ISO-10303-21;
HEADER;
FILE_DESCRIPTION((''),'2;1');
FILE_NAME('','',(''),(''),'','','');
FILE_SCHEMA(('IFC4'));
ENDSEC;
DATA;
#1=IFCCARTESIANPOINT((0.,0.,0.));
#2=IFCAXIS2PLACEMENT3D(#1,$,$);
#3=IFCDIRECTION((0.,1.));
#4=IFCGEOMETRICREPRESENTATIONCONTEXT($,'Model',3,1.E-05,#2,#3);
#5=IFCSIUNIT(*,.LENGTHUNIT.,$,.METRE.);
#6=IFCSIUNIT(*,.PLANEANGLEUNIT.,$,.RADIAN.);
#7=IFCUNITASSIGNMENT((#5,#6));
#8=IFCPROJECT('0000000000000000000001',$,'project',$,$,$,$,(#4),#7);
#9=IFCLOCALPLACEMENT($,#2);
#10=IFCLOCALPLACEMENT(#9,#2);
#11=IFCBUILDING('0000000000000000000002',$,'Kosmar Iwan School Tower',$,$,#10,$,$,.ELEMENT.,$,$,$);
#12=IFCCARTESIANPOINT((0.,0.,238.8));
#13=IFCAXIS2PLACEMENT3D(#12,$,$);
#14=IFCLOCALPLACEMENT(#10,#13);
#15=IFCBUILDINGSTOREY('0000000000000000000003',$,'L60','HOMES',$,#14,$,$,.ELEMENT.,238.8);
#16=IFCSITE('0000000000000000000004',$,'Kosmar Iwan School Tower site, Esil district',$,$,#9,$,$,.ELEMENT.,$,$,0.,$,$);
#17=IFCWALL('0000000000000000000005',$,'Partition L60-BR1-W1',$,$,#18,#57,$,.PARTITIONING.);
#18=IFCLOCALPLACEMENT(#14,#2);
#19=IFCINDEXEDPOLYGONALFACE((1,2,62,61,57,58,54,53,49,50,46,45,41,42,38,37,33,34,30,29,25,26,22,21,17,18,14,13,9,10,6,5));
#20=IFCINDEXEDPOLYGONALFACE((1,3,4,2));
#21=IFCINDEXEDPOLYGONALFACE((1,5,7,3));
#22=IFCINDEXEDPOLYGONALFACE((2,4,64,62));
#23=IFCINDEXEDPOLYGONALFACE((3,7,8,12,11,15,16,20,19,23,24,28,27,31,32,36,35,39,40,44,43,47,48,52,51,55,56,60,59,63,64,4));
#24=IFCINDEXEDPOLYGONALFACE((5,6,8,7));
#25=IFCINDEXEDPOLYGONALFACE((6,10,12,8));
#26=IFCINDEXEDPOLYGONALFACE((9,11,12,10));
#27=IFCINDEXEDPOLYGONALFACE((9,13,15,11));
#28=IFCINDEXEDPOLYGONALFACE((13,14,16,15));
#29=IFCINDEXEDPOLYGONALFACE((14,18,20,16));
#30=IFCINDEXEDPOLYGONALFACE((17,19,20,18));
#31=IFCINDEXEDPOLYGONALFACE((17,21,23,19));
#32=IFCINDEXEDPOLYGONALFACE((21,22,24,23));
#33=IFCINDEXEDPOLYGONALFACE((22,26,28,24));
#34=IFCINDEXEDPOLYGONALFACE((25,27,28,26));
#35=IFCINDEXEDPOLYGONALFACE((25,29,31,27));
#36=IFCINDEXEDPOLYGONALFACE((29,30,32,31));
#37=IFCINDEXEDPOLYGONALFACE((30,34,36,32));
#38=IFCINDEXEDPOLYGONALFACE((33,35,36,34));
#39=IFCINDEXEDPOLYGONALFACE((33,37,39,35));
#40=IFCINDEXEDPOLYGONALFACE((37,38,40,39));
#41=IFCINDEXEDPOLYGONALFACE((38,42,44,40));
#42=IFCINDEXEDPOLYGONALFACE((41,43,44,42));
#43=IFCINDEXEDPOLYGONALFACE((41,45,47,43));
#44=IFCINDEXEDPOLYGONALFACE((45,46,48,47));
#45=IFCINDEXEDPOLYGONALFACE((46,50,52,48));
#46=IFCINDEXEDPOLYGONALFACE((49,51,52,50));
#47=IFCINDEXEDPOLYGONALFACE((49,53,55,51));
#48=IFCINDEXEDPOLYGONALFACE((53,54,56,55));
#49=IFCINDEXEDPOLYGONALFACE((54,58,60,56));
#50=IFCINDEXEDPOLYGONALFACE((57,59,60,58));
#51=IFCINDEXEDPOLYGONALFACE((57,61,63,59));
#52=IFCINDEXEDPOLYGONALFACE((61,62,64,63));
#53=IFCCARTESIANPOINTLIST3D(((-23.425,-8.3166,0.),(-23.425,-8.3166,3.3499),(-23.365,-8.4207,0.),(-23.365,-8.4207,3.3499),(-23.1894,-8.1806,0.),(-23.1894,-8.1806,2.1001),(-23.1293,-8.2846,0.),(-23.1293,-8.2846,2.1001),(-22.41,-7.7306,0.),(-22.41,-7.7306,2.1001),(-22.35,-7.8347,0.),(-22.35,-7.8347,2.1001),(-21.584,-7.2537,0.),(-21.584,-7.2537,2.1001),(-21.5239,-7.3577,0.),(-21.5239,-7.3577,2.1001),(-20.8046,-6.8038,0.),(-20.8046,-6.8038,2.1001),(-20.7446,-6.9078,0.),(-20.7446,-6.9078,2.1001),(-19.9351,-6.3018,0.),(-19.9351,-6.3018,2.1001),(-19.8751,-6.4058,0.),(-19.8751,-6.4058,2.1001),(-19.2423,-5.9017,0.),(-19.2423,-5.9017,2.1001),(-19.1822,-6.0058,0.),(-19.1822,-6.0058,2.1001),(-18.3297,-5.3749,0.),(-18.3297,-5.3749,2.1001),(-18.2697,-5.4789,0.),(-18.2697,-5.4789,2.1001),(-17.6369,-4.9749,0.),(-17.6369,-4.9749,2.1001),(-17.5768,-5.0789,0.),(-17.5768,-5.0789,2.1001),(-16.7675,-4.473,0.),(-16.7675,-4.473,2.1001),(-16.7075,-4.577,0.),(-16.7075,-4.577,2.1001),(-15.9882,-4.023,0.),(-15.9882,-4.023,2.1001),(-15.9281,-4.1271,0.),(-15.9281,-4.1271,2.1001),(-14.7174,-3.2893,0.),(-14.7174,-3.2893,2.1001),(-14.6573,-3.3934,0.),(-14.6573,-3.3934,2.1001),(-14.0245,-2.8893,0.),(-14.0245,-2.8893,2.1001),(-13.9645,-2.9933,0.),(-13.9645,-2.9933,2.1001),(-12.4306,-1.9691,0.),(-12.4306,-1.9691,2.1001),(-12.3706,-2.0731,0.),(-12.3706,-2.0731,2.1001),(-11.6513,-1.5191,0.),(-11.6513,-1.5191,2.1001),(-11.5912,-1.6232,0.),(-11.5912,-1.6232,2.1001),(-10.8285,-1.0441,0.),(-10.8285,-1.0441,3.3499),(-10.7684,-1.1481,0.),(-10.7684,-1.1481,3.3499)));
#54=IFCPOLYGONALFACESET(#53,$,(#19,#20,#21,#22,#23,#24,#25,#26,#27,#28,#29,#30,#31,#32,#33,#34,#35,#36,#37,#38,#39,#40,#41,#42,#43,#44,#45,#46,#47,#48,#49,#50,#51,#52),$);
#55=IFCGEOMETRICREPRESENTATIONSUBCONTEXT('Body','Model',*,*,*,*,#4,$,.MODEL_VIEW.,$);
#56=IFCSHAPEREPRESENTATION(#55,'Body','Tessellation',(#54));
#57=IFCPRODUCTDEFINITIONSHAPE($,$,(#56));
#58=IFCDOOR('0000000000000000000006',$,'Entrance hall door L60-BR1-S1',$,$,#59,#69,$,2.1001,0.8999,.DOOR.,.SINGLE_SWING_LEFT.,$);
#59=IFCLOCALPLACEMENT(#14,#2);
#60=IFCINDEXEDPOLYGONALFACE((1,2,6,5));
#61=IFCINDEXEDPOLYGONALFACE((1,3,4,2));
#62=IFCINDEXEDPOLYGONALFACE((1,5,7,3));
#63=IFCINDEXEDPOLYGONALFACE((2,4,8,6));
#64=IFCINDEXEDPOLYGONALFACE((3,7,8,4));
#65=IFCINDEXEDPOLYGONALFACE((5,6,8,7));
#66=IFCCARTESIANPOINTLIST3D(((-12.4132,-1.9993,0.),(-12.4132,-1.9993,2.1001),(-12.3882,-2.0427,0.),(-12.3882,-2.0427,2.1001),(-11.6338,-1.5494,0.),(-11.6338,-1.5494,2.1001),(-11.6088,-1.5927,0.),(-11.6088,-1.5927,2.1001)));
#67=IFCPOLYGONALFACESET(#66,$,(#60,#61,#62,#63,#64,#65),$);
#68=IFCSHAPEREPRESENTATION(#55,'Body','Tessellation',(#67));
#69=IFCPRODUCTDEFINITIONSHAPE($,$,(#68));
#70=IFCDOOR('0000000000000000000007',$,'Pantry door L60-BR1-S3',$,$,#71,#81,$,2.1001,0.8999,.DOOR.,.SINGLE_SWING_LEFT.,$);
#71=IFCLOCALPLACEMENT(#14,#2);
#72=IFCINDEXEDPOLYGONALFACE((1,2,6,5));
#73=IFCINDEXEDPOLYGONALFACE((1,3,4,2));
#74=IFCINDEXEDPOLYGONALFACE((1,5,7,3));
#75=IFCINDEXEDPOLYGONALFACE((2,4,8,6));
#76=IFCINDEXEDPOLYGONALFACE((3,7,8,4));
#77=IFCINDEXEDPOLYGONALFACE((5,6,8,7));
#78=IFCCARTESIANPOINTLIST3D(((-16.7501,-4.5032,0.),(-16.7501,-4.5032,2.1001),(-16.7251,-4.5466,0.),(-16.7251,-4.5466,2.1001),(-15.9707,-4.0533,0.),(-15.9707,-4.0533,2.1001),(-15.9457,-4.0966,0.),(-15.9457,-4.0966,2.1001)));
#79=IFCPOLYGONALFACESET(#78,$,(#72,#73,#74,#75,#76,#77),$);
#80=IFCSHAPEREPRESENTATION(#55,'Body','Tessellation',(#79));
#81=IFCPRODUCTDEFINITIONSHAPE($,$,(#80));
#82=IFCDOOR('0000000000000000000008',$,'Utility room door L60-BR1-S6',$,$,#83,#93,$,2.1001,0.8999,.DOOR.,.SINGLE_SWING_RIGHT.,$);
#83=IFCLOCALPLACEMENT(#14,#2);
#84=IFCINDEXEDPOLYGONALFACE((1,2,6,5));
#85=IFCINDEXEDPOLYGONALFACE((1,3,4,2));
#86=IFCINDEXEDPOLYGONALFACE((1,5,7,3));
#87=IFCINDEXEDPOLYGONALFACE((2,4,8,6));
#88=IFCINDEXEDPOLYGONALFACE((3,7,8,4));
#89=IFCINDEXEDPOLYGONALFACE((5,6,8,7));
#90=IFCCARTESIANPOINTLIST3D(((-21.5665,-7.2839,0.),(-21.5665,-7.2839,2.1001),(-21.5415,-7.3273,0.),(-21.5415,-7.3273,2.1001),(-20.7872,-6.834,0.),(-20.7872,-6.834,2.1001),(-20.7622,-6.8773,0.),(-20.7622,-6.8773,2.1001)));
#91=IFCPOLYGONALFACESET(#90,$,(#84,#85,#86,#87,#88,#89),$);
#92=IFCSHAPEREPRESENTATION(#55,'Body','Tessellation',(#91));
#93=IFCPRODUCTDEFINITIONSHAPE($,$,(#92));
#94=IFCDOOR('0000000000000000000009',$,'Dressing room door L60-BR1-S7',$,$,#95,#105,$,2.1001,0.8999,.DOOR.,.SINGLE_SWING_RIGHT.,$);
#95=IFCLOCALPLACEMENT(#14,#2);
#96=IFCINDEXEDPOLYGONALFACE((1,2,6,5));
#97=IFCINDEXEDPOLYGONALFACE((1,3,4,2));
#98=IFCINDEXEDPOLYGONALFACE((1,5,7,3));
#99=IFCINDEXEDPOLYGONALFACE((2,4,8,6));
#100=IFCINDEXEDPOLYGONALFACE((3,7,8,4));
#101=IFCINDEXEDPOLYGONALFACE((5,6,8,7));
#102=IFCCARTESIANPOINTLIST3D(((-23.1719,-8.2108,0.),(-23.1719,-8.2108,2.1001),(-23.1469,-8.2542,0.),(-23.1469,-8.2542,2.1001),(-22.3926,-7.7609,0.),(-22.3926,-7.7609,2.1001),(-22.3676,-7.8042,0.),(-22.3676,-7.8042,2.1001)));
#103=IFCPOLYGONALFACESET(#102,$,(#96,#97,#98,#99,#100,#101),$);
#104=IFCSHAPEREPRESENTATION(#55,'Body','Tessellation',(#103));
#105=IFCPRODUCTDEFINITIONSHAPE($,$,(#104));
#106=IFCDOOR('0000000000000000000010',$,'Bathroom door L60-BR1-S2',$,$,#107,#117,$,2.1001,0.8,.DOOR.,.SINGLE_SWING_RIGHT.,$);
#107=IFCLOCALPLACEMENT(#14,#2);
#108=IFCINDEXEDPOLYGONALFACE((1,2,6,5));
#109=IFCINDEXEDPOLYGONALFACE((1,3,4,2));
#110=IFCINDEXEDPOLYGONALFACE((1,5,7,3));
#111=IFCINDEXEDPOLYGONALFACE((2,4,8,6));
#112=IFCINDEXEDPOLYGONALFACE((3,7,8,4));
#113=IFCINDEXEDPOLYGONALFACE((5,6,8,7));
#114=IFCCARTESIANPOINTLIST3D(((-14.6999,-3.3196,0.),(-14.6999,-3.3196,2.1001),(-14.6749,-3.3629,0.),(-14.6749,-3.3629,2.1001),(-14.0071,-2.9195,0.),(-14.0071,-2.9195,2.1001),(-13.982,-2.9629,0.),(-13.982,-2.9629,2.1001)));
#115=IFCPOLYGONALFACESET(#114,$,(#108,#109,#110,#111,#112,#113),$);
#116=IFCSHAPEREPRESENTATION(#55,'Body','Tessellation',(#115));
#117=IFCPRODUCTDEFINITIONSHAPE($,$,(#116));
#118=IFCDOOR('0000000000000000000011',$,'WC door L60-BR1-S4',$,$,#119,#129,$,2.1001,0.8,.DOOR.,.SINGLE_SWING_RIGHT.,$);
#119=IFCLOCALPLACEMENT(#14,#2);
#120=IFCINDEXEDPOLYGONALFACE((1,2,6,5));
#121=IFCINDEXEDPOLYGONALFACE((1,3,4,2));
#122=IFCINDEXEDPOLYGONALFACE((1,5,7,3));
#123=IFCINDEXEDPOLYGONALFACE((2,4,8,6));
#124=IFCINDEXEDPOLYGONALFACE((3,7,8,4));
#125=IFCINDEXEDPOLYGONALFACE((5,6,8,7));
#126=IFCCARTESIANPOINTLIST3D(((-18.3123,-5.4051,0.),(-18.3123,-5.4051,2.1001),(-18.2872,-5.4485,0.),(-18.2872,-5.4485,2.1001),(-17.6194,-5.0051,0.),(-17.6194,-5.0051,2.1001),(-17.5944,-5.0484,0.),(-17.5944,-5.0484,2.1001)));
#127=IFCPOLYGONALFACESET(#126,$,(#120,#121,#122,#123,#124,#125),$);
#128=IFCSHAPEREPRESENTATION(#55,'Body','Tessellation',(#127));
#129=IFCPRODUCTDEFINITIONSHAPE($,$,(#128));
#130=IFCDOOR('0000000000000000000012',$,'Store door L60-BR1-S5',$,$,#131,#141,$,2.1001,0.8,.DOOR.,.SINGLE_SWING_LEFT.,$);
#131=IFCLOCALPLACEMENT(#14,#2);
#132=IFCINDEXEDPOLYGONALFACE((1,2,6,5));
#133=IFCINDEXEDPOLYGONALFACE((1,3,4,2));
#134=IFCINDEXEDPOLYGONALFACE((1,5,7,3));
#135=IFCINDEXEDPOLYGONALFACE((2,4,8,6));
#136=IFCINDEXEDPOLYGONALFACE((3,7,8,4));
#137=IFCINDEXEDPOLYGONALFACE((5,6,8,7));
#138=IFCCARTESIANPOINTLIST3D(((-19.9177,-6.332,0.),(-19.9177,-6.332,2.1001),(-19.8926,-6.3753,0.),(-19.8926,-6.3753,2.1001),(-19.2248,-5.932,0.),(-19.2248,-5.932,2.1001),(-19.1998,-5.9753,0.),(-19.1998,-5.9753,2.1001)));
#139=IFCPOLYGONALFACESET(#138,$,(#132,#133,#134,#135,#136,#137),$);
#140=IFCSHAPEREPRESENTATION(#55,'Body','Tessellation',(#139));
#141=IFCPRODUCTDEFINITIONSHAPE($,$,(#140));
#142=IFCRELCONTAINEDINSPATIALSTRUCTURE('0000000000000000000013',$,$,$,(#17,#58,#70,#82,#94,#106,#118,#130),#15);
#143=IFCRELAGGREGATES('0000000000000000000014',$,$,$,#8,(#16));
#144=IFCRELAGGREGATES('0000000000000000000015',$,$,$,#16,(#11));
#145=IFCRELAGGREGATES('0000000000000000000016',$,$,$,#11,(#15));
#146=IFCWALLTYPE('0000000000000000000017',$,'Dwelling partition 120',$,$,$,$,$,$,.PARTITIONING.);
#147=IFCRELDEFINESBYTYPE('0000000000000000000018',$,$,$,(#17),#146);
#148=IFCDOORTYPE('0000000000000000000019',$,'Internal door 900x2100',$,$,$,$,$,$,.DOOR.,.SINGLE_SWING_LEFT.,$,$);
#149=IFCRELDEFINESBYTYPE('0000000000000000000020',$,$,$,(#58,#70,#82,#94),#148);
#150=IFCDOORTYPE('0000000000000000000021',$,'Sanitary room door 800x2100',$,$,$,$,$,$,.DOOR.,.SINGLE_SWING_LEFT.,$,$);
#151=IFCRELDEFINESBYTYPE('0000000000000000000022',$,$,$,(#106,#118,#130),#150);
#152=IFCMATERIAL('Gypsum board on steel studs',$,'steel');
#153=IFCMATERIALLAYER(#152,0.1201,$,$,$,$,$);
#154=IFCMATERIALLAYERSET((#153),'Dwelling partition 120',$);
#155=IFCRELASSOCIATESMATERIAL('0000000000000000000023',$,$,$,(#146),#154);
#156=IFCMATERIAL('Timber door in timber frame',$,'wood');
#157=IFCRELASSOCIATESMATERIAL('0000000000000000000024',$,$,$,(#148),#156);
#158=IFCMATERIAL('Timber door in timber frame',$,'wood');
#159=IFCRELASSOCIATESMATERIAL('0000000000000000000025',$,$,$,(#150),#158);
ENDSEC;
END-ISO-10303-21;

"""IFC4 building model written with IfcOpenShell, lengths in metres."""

from ifc_helpers import new_model, si_unit, direction, frame, frame_2d, origin, place, context, subcontext, project, spatial, rectangle, extrude, material, layer, layer_set, type_object, element, fill, save


model = new_model("IFC4")

# Units and contexts
model_context = context("Model", 3, precision=1e-05, world=origin(), true_north=direction((0.0, 1.0)))
body_context = subcontext(model_context, "Body", "Model", "MODEL_VIEW")
ifc_project = project(units=[si_unit("LENGTHUNIT", "METRE"), si_unit("PLANEANGLEUNIT", "RADIAN")], contexts=[model_context])

# Site, building, storey
site_placement = place(None, origin())
site = spatial("IfcSite", under=ifc_project, at=site_placement, Name="Kosmar Iwan School Tower site, Esil district", CompositionType="ELEMENT", RefElevation=0.0)
building_placement = place(site_placement, origin())
building = spatial("IfcBuilding", under=site, at=building_placement, Name="Kosmar Iwan School Tower", CompositionType="ELEMENT")
storey_placement = place(building_placement, frame((0.0, 0.0, 238.8)))
storey = spatial("IfcBuildingStorey", under=building, at=storey_placement, Name="L60", Description="HOMES", CompositionType="ELEMENT", Elevation=238.8)

# Shared definitions
ifc_material_1 = material(Name="Gypsum board on steel studs", Category="steel")
ifc_layer_1 = layer(ifc_material_1, 0.1201)
ifc_layer_set_1 = layer_set([ifc_layer_1], Name="Dwelling partition 120")
wall_type_1 = type_object("IfcWallType", Name="Dwelling partition 120", PredefinedType="PARTITIONING", material=ifc_layer_set_1)

# Wall, openings, doors
wall_1_placement = place(storey_placement, frame((-10.7986, -1.0962, 0.0), z_axis=(0.0, 0.0, 1.0), x_axis=(-0.866028, -0.499995, 0.0)))
wall_1 = element("IfcWall", 1, at=wall_1_placement, inside=storey, type_object=wall_type_1, Name="Partition L60-BR1-W1", PredefinedType="PARTITIONING", context=body_context, shape_type="SweptSolid", body=[
    extrude(rectangle(XDim=14.5452, YDim=0.1201, at=frame_2d((7.2725, 0.0))), origin(), (0.0, 0.0, 1.0), 3.3499),
])
opening_1_placement = place(wall_1_placement, frame((0.95, 0.0, 0.0)))
opening_1 = element("IfcOpeningElement", 2, at=opening_1_placement, cuts=wall_1, PredefinedType="OPENING", context=body_context, shape_type="SweptSolid", body=[
    extrude(rectangle(XDim=0.8999, YDim=2.1001, at=frame_2d((0.45, 1.05))), frame((0.0, 0.072, 0.0), z_axis=(0.0, -1.0, 0.0), x_axis=(1.0, 0.0, 0.0)), (0.0, 0.0, 1.0), 0.144),
])
opening_2_placement = place(wall_1_placement, frame((3.6904, 0.0, 0.0)))
opening_2 = element("IfcOpeningElement", 3, at=opening_2_placement, cuts=wall_1, PredefinedType="OPENING", context=body_context, shape_type="SweptSolid", body=[
    extrude(rectangle(XDim=0.8, YDim=2.1001, at=frame_2d((0.3999, 1.05))), frame((0.0, 0.072, 0.0), z_axis=(0.0, -1.0, 0.0), x_axis=(1.0, 0.0, 0.0)), (0.0, 0.0, 1.0), 0.144),
])
opening_3_placement = place(wall_1_placement, frame((5.9578, 0.0, 0.0)))
opening_3 = element("IfcOpeningElement", 4, at=opening_3_placement, cuts=wall_1, PredefinedType="OPENING", context=body_context, shape_type="SweptSolid", body=[
    extrude(rectangle(XDim=0.8999, YDim=2.1001, at=frame_2d((0.45, 1.05))), frame((0.0, 0.072, 0.0), z_axis=(0.0, -1.0, 0.0), x_axis=(1.0, 0.0, 0.0)), (0.0, 0.0, 1.0), 0.144),
])
opening_4_placement = place(wall_1_placement, frame((7.8616, 0.0, 0.0)))
opening_4 = element("IfcOpeningElement", 5, at=opening_4_placement, cuts=wall_1, PredefinedType="OPENING", context=body_context, shape_type="SweptSolid", body=[
    extrude(rectangle(XDim=0.8, YDim=2.1001, at=frame_2d((0.3999, 1.05))), frame((0.0, 0.072, 0.0), z_axis=(0.0, -1.0, 0.0), x_axis=(1.0, 0.0, 0.0)), (0.0, 0.0, 1.0), 0.144),
])
opening_5_placement = place(wall_1_placement, frame((9.7153, 0.0, 0.0)))
opening_5 = element("IfcOpeningElement", 6, at=opening_5_placement, cuts=wall_1, PredefinedType="OPENING", context=body_context, shape_type="SweptSolid", body=[
    extrude(rectangle(XDim=0.8, YDim=2.1001, at=frame_2d((0.3999, 1.05))), frame((0.0, 0.072, 0.0), z_axis=(0.0, -1.0, 0.0), x_axis=(1.0, 0.0, 0.0)), (0.0, 0.0, 1.0), 0.144),
])
opening_6_placement = place(wall_1_placement, frame((11.5193, 0.0, 0.0)))
opening_6 = element("IfcOpeningElement", 7, at=opening_6_placement, cuts=wall_1, PredefinedType="OPENING", context=body_context, shape_type="SweptSolid", body=[
    extrude(rectangle(XDim=0.8999, YDim=2.1001, at=frame_2d((0.45, 1.05))), frame((0.0, 0.072, 0.0), z_axis=(0.0, -1.0, 0.0), x_axis=(1.0, 0.0, 0.0)), (0.0, 0.0, 1.0), 0.144),
])
opening_7_placement = place(wall_1_placement, frame((13.373, 0.0, 0.0)))
opening_7 = element("IfcOpeningElement", 8, at=opening_7_placement, cuts=wall_1, PredefinedType="OPENING", context=body_context, shape_type="SweptSolid", body=[
    extrude(rectangle(XDim=0.8999, YDim=2.1001, at=frame_2d((0.45, 1.05))), frame((0.0, 0.072, 0.0), z_axis=(0.0, -1.0, 0.0), x_axis=(1.0, 0.0, 0.0)), (0.0, 0.0, 1.0), 0.144),
])
ifc_material_2 = material(Name="Timber door in timber frame", Category="wood")
door_type_1 = type_object("IfcDoorType", Name="Internal door 900x2100", OperationType="SINGLE_SWING_LEFT", PredefinedType="DOOR", material=ifc_material_2)
door_1_placement = place(opening_1_placement, origin())
door_1 = element("IfcDoor", 9, at=door_1_placement, inside=storey, type_object=door_type_1, Name="Entrance hall door L60-BR1-S1", OperationType="SINGLE_SWING_LEFT", OverallHeight=2.1001, OverallWidth=0.8999, PredefinedType="DOOR", context=body_context, shape_type="SweptSolid", body=[
    extrude(rectangle(XDim=0.8999, YDim=2.1001, at=frame_2d((0.45, 1.05))), frame((0.0, 0.0249, 0.0), z_axis=(0.0, -1.0, 0.0), x_axis=(1.0, 0.0, 0.0)), (0.0, 0.0, 1.0), 0.05),
])
fill(opening_1, door_1)
door_2_placement = place(opening_3_placement, origin())
door_2 = element("IfcDoor", 10, at=door_2_placement, inside=storey, type_object=door_type_1, Name="Pantry door L60-BR1-S3", OperationType="SINGLE_SWING_LEFT", OverallHeight=2.1001, OverallWidth=0.8999, PredefinedType="DOOR", context=body_context, shape_type="SweptSolid", body=[
    extrude(rectangle(XDim=0.8999, YDim=2.1001, at=frame_2d((0.45, 1.05))), frame((0.0, 0.0249, 0.0), z_axis=(0.0, -1.0, 0.0), x_axis=(1.0, 0.0, 0.0)), (0.0, 0.0, 1.0), 0.05),
])
fill(opening_3, door_2)
door_3_placement = place(opening_6_placement, origin())
door_3 = element("IfcDoor", 11, at=door_3_placement, inside=storey, type_object=door_type_1, Name="Utility room door L60-BR1-S6", OperationType="SINGLE_SWING_RIGHT", OverallHeight=2.1001, OverallWidth=0.8999, PredefinedType="DOOR", context=body_context, shape_type="SweptSolid", body=[
    extrude(rectangle(XDim=0.8999, YDim=2.1001, at=frame_2d((0.45, 1.05))), frame((0.0, 0.0249, 0.0), z_axis=(0.0, -1.0, 0.0), x_axis=(1.0, 0.0, 0.0)), (0.0, 0.0, 1.0), 0.05),
])
fill(opening_6, door_3)
door_4_placement = place(opening_7_placement, origin())
door_4 = element("IfcDoor", 12, at=door_4_placement, inside=storey, type_object=door_type_1, Name="Dressing room door L60-BR1-S7", OperationType="SINGLE_SWING_RIGHT", OverallHeight=2.1001, OverallWidth=0.8999, PredefinedType="DOOR", context=body_context, shape_type="SweptSolid", body=[
    extrude(rectangle(XDim=0.8999, YDim=2.1001, at=frame_2d((0.45, 1.05))), frame((0.0, 0.0249, 0.0), z_axis=(0.0, -1.0, 0.0), x_axis=(1.0, 0.0, 0.0)), (0.0, 0.0, 1.0), 0.05),
])
fill(opening_7, door_4)
ifc_material_3 = material(Name="Timber door in timber frame", Category="wood")
door_type_2 = type_object("IfcDoorType", Name="Sanitary room door 800x2100", OperationType="SINGLE_SWING_LEFT", PredefinedType="DOOR", material=ifc_material_3)
door_5_placement = place(opening_2_placement, origin())
door_5 = element("IfcDoor", 13, at=door_5_placement, inside=storey, type_object=door_type_2, Name="Bathroom door L60-BR1-S2", OperationType="SINGLE_SWING_RIGHT", OverallHeight=2.1001, OverallWidth=0.8, PredefinedType="DOOR", context=body_context, shape_type="SweptSolid", body=[
    extrude(rectangle(XDim=0.8, YDim=2.1001, at=frame_2d((0.3999, 1.05))), frame((0.0, 0.0249, 0.0), z_axis=(0.0, -1.0, 0.0), x_axis=(1.0, 0.0, 0.0)), (0.0, 0.0, 1.0), 0.05),
])
fill(opening_2, door_5)
door_6_placement = place(opening_4_placement, origin())
door_6 = element("IfcDoor", 14, at=door_6_placement, inside=storey, type_object=door_type_2, Name="WC door L60-BR1-S4", OperationType="SINGLE_SWING_RIGHT", OverallHeight=2.1001, OverallWidth=0.8, PredefinedType="DOOR", context=body_context, shape_type="SweptSolid", body=[
    extrude(rectangle(XDim=0.8, YDim=2.1001, at=frame_2d((0.3999, 1.05))), frame((0.0, 0.0249, 0.0), z_axis=(0.0, -1.0, 0.0), x_axis=(1.0, 0.0, 0.0)), (0.0, 0.0, 1.0), 0.05),
])
fill(opening_4, door_6)
door_7_placement = place(opening_5_placement, origin())
door_7 = element("IfcDoor", 15, at=door_7_placement, inside=storey, type_object=door_type_2, Name="Store door L60-BR1-S5", OperationType="SINGLE_SWING_LEFT", OverallHeight=2.1001, OverallWidth=0.8, PredefinedType="DOOR", context=body_context, shape_type="SweptSolid", body=[
    extrude(rectangle(XDim=0.8, YDim=2.1001, at=frame_2d((0.3999, 1.05))), frame((0.0, 0.0249, 0.0), z_axis=(0.0, -1.0, 0.0), x_axis=(1.0, 0.0, 0.0)), (0.0, 0.0, 1.0), 0.05),
])
fill(opening_5, door_7)

save(model, "model.ifc")
